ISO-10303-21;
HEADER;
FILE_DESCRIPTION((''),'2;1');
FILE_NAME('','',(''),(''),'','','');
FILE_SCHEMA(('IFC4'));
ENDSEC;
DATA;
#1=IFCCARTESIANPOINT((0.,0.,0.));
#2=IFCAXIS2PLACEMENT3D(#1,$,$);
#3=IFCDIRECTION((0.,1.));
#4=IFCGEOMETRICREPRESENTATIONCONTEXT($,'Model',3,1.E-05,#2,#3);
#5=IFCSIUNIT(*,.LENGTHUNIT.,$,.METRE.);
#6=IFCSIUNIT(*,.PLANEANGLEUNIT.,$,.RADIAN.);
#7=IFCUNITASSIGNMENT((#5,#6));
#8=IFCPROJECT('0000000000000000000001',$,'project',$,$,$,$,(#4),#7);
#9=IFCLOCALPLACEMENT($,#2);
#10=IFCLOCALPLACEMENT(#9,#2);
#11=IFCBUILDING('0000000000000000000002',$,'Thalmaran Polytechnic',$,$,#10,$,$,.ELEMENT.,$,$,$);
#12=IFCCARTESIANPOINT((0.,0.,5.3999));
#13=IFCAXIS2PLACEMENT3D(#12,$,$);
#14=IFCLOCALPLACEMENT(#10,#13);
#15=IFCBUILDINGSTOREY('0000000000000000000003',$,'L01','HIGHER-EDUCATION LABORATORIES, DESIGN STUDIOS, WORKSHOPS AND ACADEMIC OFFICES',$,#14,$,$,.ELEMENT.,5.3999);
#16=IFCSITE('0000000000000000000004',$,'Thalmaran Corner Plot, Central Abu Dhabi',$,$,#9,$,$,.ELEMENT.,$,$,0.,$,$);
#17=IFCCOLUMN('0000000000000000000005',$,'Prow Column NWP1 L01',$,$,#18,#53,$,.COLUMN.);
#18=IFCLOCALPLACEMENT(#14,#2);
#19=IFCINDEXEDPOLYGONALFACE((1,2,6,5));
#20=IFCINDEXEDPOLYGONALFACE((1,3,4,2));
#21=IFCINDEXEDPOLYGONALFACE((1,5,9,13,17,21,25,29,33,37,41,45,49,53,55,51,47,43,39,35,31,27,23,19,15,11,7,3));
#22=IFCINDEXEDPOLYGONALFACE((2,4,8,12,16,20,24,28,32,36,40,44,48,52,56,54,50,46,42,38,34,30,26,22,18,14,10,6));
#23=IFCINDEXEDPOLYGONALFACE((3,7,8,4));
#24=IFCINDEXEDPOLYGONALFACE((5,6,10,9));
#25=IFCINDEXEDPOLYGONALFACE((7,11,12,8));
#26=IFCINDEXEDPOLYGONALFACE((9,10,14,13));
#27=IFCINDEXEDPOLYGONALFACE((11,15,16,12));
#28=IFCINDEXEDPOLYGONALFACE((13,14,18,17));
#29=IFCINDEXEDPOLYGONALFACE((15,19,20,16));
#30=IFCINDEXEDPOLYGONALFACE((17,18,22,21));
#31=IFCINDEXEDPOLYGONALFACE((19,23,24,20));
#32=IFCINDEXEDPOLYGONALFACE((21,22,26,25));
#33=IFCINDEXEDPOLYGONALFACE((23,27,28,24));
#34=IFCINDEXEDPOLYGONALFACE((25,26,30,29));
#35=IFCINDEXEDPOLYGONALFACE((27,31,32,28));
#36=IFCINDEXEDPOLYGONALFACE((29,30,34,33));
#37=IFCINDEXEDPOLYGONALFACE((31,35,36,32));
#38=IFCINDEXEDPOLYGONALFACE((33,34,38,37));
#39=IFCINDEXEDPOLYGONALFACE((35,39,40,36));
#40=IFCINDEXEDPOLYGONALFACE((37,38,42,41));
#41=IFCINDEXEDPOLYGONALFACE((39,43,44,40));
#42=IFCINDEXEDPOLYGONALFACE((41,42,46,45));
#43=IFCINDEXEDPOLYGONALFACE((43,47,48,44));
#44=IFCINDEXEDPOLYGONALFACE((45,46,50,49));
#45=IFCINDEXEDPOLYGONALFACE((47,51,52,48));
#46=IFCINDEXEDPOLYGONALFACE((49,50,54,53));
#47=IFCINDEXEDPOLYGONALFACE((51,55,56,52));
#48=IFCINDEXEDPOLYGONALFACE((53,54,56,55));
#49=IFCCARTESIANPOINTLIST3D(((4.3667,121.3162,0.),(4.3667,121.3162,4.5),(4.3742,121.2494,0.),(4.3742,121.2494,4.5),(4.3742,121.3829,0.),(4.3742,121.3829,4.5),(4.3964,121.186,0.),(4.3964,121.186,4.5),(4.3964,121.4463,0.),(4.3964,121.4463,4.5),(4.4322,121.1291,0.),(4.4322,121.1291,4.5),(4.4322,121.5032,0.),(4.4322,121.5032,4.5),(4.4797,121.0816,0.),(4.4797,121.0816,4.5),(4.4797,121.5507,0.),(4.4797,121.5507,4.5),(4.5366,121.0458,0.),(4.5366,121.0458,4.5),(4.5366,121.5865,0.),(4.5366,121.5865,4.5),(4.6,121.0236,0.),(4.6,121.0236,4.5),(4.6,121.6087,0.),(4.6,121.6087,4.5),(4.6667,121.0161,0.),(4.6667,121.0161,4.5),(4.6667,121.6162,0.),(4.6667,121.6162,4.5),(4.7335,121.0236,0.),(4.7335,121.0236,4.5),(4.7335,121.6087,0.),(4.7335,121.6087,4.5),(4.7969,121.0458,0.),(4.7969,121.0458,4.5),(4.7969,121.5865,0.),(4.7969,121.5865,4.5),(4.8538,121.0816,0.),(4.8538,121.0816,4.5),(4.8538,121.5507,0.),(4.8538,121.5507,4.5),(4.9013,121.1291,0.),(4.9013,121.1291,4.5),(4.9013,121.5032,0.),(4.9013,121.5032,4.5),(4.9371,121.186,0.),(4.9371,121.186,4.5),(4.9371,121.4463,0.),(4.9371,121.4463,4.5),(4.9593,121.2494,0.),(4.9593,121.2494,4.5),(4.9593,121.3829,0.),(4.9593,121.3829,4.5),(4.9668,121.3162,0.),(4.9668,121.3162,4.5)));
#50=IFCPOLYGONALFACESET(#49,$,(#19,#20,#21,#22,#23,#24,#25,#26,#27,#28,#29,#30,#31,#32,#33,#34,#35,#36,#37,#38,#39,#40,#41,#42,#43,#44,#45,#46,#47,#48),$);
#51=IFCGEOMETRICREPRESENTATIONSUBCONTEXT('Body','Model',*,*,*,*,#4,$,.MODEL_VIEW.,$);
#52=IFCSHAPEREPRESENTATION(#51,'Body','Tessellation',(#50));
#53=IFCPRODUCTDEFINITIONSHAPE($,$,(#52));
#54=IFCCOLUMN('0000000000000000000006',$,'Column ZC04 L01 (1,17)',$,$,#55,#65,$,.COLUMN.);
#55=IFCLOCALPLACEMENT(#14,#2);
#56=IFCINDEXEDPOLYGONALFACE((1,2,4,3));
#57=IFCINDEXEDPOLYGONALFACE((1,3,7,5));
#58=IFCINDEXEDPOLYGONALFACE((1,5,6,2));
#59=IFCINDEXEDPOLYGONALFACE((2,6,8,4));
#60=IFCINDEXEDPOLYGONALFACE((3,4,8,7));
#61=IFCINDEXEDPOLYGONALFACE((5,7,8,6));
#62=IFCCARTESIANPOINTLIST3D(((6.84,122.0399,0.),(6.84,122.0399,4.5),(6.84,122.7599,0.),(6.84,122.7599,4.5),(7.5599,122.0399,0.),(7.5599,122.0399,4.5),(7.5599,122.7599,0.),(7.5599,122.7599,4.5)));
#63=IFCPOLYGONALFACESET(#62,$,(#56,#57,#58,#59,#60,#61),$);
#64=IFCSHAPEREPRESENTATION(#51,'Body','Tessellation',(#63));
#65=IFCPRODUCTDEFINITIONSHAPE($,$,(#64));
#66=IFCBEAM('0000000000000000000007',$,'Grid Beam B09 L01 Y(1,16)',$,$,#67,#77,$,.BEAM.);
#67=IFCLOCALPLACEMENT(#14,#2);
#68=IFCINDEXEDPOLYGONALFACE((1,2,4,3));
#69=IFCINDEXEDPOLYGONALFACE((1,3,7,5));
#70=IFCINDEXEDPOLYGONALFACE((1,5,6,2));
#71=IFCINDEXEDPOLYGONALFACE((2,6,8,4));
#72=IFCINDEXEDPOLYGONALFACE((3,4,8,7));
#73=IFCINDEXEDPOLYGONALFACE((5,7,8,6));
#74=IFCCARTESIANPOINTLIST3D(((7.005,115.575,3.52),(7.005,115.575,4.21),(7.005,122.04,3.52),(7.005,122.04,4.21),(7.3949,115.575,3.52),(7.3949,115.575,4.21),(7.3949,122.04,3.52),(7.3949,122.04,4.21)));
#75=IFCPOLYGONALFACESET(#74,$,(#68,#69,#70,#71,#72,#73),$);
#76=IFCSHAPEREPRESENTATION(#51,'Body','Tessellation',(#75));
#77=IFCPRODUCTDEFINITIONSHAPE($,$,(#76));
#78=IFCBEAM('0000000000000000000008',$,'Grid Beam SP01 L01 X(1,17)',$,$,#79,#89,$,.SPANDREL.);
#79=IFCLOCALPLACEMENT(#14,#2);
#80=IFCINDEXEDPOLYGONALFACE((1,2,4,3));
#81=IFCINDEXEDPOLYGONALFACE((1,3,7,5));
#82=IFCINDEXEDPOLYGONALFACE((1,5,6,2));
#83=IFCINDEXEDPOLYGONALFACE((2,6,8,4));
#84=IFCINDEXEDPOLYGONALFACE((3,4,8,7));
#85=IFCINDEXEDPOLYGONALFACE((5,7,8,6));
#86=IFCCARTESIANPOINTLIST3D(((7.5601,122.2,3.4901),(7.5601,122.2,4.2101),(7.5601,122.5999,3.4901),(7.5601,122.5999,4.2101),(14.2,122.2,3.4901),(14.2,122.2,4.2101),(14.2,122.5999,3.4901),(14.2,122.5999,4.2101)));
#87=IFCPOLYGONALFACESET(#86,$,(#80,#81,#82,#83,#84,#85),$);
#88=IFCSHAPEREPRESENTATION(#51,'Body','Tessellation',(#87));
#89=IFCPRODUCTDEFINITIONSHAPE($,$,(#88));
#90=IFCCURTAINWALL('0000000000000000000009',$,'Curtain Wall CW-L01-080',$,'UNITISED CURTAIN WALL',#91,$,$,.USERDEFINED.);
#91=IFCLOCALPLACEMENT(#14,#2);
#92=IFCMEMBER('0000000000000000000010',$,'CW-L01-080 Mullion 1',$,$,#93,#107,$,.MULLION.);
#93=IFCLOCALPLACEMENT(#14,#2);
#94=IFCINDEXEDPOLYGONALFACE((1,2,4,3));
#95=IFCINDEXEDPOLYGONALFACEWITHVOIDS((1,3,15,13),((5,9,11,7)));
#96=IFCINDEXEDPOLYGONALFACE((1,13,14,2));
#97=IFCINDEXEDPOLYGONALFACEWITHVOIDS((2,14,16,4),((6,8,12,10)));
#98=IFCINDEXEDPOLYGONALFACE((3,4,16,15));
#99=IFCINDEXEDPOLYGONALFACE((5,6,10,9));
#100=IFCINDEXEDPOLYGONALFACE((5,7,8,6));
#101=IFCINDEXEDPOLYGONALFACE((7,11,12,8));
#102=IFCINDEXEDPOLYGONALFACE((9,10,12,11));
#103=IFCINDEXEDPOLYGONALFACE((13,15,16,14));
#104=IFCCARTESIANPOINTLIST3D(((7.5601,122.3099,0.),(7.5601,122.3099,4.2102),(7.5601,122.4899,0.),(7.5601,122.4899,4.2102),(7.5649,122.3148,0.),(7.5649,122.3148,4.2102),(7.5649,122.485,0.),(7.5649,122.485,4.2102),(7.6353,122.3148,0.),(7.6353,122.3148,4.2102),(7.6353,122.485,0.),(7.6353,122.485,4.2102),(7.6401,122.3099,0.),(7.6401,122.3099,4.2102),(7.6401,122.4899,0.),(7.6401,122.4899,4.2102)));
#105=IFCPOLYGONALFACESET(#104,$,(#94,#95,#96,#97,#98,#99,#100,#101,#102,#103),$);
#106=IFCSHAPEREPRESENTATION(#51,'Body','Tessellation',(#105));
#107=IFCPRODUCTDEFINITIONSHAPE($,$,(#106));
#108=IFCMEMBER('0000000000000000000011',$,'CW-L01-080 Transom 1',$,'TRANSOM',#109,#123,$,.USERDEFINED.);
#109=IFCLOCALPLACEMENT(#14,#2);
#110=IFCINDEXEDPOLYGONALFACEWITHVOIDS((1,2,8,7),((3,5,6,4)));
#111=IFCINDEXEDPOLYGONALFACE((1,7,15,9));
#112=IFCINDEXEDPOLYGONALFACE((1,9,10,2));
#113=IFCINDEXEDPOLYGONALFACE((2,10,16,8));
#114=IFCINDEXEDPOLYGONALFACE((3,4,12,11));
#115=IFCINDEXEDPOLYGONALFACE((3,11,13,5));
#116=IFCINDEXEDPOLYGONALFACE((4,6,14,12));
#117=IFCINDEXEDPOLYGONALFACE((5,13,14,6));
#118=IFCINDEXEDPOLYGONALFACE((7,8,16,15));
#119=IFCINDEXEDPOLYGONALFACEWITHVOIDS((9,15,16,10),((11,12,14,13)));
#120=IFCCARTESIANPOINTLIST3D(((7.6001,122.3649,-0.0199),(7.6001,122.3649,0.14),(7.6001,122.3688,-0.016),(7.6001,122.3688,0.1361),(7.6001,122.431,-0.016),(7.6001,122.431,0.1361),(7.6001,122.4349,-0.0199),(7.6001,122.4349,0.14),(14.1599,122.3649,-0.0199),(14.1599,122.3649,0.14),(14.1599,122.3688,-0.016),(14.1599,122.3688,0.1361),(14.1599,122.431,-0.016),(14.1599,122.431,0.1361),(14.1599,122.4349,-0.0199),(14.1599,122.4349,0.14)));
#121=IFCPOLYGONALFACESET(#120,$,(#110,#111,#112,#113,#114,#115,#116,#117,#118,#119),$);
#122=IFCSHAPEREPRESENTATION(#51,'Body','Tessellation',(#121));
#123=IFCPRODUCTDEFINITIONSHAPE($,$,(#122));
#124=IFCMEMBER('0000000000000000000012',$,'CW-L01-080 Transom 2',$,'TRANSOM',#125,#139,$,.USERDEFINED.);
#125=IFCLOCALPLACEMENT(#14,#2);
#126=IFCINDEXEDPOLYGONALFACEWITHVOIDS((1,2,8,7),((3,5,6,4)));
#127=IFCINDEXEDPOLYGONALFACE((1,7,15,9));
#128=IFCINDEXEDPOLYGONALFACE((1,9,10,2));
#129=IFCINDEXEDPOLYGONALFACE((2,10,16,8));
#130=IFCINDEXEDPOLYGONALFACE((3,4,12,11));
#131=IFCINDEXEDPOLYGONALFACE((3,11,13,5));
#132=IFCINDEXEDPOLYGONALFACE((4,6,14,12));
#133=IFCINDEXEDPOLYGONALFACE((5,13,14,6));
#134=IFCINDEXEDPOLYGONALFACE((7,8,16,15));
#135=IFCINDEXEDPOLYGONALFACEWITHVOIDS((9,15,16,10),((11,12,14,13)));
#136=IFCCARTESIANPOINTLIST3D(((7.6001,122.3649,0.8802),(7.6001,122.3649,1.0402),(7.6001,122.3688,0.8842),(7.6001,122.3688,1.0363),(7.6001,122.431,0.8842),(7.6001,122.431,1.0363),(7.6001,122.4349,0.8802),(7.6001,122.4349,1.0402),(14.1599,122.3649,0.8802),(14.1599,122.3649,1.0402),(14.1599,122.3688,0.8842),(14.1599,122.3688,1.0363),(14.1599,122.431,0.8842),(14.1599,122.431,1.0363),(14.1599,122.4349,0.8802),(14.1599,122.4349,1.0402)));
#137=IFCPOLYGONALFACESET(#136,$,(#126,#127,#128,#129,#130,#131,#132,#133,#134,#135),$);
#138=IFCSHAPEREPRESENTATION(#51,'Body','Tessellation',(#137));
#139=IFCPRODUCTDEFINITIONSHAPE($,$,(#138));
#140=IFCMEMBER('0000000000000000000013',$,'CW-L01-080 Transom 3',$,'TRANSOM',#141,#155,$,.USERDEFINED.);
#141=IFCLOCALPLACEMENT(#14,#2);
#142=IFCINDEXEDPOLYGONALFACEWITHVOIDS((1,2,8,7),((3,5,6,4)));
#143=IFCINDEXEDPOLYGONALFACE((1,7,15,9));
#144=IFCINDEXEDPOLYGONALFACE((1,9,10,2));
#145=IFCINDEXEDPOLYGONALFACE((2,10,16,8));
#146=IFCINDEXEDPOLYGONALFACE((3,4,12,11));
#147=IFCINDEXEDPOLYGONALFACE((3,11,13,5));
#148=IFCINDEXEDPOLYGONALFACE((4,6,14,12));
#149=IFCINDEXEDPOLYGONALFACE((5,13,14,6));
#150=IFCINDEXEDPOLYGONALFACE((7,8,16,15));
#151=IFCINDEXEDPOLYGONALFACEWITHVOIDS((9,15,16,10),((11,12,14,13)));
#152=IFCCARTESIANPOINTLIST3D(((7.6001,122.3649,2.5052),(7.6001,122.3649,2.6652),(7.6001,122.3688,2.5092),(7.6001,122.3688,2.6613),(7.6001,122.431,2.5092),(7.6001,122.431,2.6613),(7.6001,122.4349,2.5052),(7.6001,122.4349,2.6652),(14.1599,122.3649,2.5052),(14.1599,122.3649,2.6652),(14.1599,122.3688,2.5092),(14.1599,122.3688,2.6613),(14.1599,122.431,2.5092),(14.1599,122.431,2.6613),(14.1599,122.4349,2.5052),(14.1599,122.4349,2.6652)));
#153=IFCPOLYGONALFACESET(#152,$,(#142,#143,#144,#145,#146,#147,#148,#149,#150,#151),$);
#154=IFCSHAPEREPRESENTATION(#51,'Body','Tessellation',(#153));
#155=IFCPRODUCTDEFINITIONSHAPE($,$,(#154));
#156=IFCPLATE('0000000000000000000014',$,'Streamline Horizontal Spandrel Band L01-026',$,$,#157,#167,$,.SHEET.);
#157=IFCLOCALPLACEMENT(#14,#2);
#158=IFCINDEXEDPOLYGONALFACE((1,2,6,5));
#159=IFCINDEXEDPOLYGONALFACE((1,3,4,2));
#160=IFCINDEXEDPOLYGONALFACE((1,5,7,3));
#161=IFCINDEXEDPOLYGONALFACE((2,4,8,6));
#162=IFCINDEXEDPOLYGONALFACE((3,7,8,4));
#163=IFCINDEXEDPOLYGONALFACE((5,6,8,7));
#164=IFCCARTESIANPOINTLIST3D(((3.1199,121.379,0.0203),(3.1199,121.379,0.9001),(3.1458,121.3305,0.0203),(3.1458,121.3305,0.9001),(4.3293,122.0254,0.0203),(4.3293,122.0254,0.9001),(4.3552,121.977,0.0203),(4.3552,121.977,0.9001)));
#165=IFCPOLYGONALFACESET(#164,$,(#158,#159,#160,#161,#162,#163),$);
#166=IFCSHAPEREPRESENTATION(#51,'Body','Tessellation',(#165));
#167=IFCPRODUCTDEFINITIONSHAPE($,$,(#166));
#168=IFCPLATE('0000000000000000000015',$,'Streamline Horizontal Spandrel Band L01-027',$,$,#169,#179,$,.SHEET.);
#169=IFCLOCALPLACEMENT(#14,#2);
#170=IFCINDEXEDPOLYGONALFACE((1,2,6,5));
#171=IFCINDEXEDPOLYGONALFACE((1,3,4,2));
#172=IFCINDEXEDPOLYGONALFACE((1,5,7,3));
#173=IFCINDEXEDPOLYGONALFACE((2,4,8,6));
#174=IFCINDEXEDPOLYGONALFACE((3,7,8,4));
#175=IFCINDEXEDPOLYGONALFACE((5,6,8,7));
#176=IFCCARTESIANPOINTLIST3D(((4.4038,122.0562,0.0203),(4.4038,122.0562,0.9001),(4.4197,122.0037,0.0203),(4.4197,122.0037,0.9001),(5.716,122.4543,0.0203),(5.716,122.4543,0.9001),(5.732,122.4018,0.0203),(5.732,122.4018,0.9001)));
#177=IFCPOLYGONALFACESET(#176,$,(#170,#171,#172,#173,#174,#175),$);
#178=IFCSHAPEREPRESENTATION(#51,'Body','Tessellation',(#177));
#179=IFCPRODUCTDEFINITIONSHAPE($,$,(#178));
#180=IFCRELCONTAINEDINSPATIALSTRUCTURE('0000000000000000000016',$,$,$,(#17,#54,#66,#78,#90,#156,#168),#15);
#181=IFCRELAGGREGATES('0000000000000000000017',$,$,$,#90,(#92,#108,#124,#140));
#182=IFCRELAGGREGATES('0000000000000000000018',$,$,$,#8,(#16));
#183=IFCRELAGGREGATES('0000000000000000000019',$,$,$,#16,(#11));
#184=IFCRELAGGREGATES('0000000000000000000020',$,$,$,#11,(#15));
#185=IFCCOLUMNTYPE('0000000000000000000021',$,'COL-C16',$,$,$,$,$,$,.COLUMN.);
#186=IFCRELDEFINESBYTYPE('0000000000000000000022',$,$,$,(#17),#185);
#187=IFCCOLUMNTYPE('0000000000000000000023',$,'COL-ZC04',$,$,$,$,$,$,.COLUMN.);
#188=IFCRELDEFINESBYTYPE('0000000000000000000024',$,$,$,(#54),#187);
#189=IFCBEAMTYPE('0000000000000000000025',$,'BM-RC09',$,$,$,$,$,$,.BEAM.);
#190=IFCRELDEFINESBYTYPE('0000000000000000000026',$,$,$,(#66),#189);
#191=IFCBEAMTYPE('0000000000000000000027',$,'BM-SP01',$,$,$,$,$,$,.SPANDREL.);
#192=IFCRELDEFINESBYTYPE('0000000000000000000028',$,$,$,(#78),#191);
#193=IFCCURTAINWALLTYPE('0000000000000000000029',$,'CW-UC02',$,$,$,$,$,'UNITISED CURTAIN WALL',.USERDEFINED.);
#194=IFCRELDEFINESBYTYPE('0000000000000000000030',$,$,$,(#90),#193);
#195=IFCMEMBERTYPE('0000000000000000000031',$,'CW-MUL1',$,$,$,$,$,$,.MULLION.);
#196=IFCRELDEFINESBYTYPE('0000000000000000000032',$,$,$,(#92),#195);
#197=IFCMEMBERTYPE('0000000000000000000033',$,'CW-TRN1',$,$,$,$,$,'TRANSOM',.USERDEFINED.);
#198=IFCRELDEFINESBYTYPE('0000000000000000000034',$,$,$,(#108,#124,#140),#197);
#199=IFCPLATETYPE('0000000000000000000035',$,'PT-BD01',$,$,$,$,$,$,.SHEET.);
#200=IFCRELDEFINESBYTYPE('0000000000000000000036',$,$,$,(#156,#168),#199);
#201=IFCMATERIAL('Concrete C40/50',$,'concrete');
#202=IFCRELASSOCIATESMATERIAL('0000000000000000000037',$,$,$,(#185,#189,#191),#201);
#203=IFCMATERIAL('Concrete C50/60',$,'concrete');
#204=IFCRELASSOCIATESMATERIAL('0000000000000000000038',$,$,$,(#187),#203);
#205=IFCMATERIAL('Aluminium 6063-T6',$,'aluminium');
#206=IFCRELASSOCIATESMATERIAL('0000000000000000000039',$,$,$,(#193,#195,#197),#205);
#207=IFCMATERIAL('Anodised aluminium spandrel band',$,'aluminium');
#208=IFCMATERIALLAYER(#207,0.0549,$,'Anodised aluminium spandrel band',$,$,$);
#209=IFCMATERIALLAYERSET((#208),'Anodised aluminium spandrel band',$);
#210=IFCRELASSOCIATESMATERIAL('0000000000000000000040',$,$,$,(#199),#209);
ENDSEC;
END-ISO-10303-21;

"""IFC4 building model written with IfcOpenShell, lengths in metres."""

from ifc_helpers import new_model, si_unit, direction, frame, origin, origin_2d, place, context, subcontext, project, spatial, rectangle, hollow_rectangle, circle, extrude, material, layer, layer_set, material_profile, profile_set, type_object, element, aggregate, save


model = new_model("IFC4")

# Units and contexts
model_context = context("Model", 3, precision=1e-05, world=origin(), true_north=direction((0.0, 1.0)))
body_context = subcontext(model_context, "Body", "Model", "MODEL_VIEW")
ifc_project = project(units=[si_unit("LENGTHUNIT", "METRE"), si_unit("PLANEANGLEUNIT", "RADIAN")], contexts=[model_context])

# Site, building, storey
site_placement = place(None, origin())
site = spatial("IfcSite", under=ifc_project, at=site_placement, Name="Thalmaran Corner Plot, Central Abu Dhabi", CompositionType="ELEMENT", RefElevation=0.0)
building_placement = place(site_placement, origin())
building = spatial("IfcBuilding", under=site, at=building_placement, Name="Thalmaran Polytechnic", CompositionType="ELEMENT")
storey_placement = place(building_placement, frame((0.0, 0.0, 5.3999)))
storey = spatial("IfcBuildingStorey", under=building, at=storey_placement, Name="L01", Description="HIGHER-EDUCATION LABORATORIES, DESIGN STUDIOS, WORKSHOPS AND ACADEMIC OFFICES", CompositionType="ELEMENT", Elevation=5.3999)

# Columns
ifc_material_1 = material(Name="Concrete C40/50", Category="concrete")
ifc_material_profile_1 = material_profile(ifc_material_1, circle(Radius=0.3, at=origin_2d()), Name="RC 600 DIA")
ifc_profile_set_1 = profile_set([ifc_material_profile_1], Name="Concrete C40/50")
column_type_1 = type_object("IfcColumnType", Name="COL-C16", PredefinedType="COLUMN", material=ifc_profile_set_1)
column_1_placement = place(storey_placement, frame((4.6667, 121.3162, 0.0), z_axis=(0.0, 0.0, 1.0), x_axis=(1.0, 0.0, 0.0)))
element("IfcColumn", 1, at=column_1_placement, inside=storey, type_object=column_type_1, Name="Prow Column NWP1 L01", PredefinedType="COLUMN", context=body_context, shape_type="SweptSolid", body=[
    extrude(circle(Radius=0.3, at=origin_2d()), origin(), (0.0, 0.0, 1.0), 4.5),
])
ifc_material_2 = material(Name="Concrete C50/60", Category="concrete")
ifc_material_profile_2 = material_profile(ifc_material_2, rectangle(XDim=0.72, YDim=0.72, at=origin_2d()), Name="RC 720x720")
ifc_profile_set_2 = profile_set([ifc_material_profile_2], Name="Concrete C50/60")
column_type_2 = type_object("IfcColumnType", Name="COL-ZC04", PredefinedType="COLUMN", material=ifc_profile_set_2)
column_2_placement = place(storey_placement, frame((7.2, 122.3999, 0.0), z_axis=(0.0, 0.0, 1.0), x_axis=(1.0, 0.0, 0.0)))
element("IfcColumn", 2, at=column_2_placement, inside=storey, type_object=column_type_2, Name="Column ZC04 L01 (1,17)", PredefinedType="COLUMN", context=body_context, shape_type="SweptSolid", body=[
    extrude(rectangle(XDim=0.72, YDim=0.72, at=origin_2d()), origin(), (0.0, 0.0, 1.0), 4.5),
])

# Beams
ifc_material_profile_3 = material_profile(ifc_material_1, rectangle(XDim=0.3899, YDim=0.6899, at=origin_2d()), Name="RC 390x690")
ifc_profile_set_3 = profile_set([ifc_material_profile_3], Name="Concrete C40/50")
beam_type_1 = type_object("IfcBeamType", Name="BM-RC09", PredefinedType="BEAM", material=ifc_profile_set_3)
beam_1_placement = place(storey_placement, frame((7.2, 115.575, 3.865), z_axis=(0.0, 1.0, 0.0), x_axis=(-1.0, 0.0, 0.0)))
element("IfcBeam", 3, at=beam_1_placement, inside=storey, type_object=beam_type_1, Name="Grid Beam B09 L01 Y(1,16)", PredefinedType="BEAM", context=body_context, shape_type="SweptSolid", body=[
    extrude(rectangle(XDim=0.3899, YDim=0.6899, at=origin_2d()), origin(), (0.0, 0.0, 1.0), 6.4651),
])
ifc_material_profile_4 = material_profile(ifc_material_1, rectangle(XDim=0.3999, YDim=0.72, at=origin_2d()), Name="RC 400x720")
ifc_profile_set_4 = profile_set([ifc_material_profile_4], Name="Concrete C40/50")
beam_type_2 = type_object("IfcBeamType", Name="BM-SP01", PredefinedType="SPANDREL", material=ifc_profile_set_4)
beam_2_placement = place(storey_placement, frame((7.5601, 122.3999, 3.8501), z_axis=(1.0, 0.0, 0.0), x_axis=(0.0, 1.0, 0.0)))
element("IfcBeam", 4, at=beam_2_placement, inside=storey, type_object=beam_type_2, Name="Grid Beam SP01 L01 X(1,17)", PredefinedType="SPANDREL", context=body_context, shape_type="SweptSolid", body=[
    extrude(rectangle(XDim=0.3999, YDim=0.72, at=origin_2d()), origin(), (0.0, 0.0, 1.0), 6.6399),
])

# Curtain wall, members
ifc_material_3 = material(Name="Aluminium 6063-T6", Category="aluminium")
curtain_wall_type = type_object("IfcCurtainWallType", Name="CW-UC02", ElementType="UNITISED CURTAIN WALL", PredefinedType="USERDEFINED", material=ifc_material_3)
curtain_wall_placement = place(storey_placement, origin())
curtain_wall = element("IfcCurtainWall", 5, at=curtain_wall_placement, inside=storey, type_object=curtain_wall_type, Name="Curtain Wall CW-L01-080", ObjectType="UNITISED CURTAIN WALL", PredefinedType="USERDEFINED")
ifc_material_profile_5 = material_profile(ifc_material_3, hollow_rectangle(XDim=0.0801, YDim=0.1799, WallThickness=0.0049, at=origin_2d()), Name="RHS 180x80x5.0")
ifc_profile_set_5 = profile_set([ifc_material_profile_5], Name="Aluminium 6063-T6")
member_type_1 = type_object("IfcMemberType", Name="CW-MUL1", PredefinedType="MULLION", material=ifc_profile_set_5)
member_1_placement = place(storey_placement, frame((7.6001, 122.3999, 0.0), z_axis=(0.0, 0.0, 1.0), x_axis=(1.0, 0.0, 0.0)))
member_1 = element("IfcMember", 6, at=member_1_placement, type_object=member_type_1, Name="CW-L01-080 Mullion 1", PredefinedType="MULLION", context=body_context, shape_type="SweptSolid", body=[
    extrude(hollow_rectangle(XDim=0.0801, YDim=0.1799, WallThickness=0.0049, at=origin_2d()), origin(), (0.0, 0.0, 1.0), 4.2102),
])
ifc_material_profile_6 = material_profile(ifc_material_3, hollow_rectangle(XDim=0.0701, YDim=0.1599, WallThickness=0.0039, at=origin_2d()), Name="AL 160x70x4.0")
ifc_profile_set_6 = profile_set([ifc_material_profile_6], Name="Aluminium 6063-T6")
member_type_2 = type_object("IfcMemberType", Name="CW-TRN1", ElementType="TRANSOM", PredefinedType="USERDEFINED", material=ifc_profile_set_6)
member_2_placement = place(storey_placement, frame((7.6001, 122.3999, 0.0601), z_axis=(1.0, 0.0, 0.0), x_axis=(0.0, 1.0, 0.0)))
member_2 = element("IfcMember", 7, at=member_2_placement, type_object=member_type_2, Name="CW-L01-080 Transom 1", ObjectType="TRANSOM", PredefinedType="USERDEFINED", context=body_context, shape_type="SweptSolid", body=[
    extrude(hollow_rectangle(XDim=0.0701, YDim=0.1599, WallThickness=0.0039, at=origin_2d()), origin(), (0.0, 0.0, 1.0), 6.5598),
])
member_3_placement = place(storey_placement, frame((7.6001, 122.3999, 0.9602), z_axis=(1.0, 0.0, 0.0), x_axis=(0.0, 1.0, 0.0)))
member_3 = element("IfcMember", 8, at=member_3_placement, type_object=member_type_2, Name="CW-L01-080 Transom 2", ObjectType="TRANSOM", PredefinedType="USERDEFINED", context=body_context, shape_type="SweptSolid", body=[
    extrude(hollow_rectangle(XDim=0.0701, YDim=0.1599, WallThickness=0.0039, at=origin_2d()), origin(), (0.0, 0.0, 1.0), 6.5598),
])
member_4_placement = place(storey_placement, frame((7.6001, 122.3999, 2.5852), z_axis=(1.0, 0.0, 0.0), x_axis=(0.0, 1.0, 0.0)))
member_4 = element("IfcMember", 9, at=member_4_placement, type_object=member_type_2, Name="CW-L01-080 Transom 3", ObjectType="TRANSOM", PredefinedType="USERDEFINED", context=body_context, shape_type="SweptSolid", body=[
    extrude(hollow_rectangle(XDim=0.0701, YDim=0.1599, WallThickness=0.0039, at=origin_2d()), origin(), (0.0, 0.0, 1.0), 6.5598),
])
aggregate(curtain_wall, [member_1, member_2, member_3, member_4])

# Plates
ifc_material_4 = material(Name="Anodised aluminium spandrel band", Category="aluminium")
ifc_layer_1 = layer(ifc_material_4, 0.0549, Name="Anodised aluminium spandrel band")
ifc_layer_set_1 = layer_set([ifc_layer_1], Name="Anodised aluminium spandrel band")
plate_type_1 = type_object("IfcPlateType", Name="PT-BD01", PredefinedType="SHEET", material=ifc_layer_set_1)
for number, where, z_axis, x_axis, name in (
    (10, (3.7375, 121.678, 0.0203), (0.0, 0.0, 1.0), (0.881921, 0.471397, 0.0), "Streamline Horizontal Spandrel Band L01-026"),
    (11, (5.0679, 122.229, 0.0203), (0.0, 0.0, 1.0), (0.95694, 0.290285, 0.0), "Streamline Horizontal Spandrel Band L01-027"),
):
    element("IfcPlate", number, at=place(storey_placement, frame(where, z_axis=z_axis, x_axis=x_axis)), inside=storey, type_object=plate_type_1, Name=name, PredefinedType="SHEET", context=body_context, shape_type="SweptSolid", body=[
        extrude(rectangle(XDim=1.3713, YDim=0.0549, at=origin_2d()), origin(), (0.0, 0.0, 1.0), 0.8799),
    ])

save(model, "model.ifc")
